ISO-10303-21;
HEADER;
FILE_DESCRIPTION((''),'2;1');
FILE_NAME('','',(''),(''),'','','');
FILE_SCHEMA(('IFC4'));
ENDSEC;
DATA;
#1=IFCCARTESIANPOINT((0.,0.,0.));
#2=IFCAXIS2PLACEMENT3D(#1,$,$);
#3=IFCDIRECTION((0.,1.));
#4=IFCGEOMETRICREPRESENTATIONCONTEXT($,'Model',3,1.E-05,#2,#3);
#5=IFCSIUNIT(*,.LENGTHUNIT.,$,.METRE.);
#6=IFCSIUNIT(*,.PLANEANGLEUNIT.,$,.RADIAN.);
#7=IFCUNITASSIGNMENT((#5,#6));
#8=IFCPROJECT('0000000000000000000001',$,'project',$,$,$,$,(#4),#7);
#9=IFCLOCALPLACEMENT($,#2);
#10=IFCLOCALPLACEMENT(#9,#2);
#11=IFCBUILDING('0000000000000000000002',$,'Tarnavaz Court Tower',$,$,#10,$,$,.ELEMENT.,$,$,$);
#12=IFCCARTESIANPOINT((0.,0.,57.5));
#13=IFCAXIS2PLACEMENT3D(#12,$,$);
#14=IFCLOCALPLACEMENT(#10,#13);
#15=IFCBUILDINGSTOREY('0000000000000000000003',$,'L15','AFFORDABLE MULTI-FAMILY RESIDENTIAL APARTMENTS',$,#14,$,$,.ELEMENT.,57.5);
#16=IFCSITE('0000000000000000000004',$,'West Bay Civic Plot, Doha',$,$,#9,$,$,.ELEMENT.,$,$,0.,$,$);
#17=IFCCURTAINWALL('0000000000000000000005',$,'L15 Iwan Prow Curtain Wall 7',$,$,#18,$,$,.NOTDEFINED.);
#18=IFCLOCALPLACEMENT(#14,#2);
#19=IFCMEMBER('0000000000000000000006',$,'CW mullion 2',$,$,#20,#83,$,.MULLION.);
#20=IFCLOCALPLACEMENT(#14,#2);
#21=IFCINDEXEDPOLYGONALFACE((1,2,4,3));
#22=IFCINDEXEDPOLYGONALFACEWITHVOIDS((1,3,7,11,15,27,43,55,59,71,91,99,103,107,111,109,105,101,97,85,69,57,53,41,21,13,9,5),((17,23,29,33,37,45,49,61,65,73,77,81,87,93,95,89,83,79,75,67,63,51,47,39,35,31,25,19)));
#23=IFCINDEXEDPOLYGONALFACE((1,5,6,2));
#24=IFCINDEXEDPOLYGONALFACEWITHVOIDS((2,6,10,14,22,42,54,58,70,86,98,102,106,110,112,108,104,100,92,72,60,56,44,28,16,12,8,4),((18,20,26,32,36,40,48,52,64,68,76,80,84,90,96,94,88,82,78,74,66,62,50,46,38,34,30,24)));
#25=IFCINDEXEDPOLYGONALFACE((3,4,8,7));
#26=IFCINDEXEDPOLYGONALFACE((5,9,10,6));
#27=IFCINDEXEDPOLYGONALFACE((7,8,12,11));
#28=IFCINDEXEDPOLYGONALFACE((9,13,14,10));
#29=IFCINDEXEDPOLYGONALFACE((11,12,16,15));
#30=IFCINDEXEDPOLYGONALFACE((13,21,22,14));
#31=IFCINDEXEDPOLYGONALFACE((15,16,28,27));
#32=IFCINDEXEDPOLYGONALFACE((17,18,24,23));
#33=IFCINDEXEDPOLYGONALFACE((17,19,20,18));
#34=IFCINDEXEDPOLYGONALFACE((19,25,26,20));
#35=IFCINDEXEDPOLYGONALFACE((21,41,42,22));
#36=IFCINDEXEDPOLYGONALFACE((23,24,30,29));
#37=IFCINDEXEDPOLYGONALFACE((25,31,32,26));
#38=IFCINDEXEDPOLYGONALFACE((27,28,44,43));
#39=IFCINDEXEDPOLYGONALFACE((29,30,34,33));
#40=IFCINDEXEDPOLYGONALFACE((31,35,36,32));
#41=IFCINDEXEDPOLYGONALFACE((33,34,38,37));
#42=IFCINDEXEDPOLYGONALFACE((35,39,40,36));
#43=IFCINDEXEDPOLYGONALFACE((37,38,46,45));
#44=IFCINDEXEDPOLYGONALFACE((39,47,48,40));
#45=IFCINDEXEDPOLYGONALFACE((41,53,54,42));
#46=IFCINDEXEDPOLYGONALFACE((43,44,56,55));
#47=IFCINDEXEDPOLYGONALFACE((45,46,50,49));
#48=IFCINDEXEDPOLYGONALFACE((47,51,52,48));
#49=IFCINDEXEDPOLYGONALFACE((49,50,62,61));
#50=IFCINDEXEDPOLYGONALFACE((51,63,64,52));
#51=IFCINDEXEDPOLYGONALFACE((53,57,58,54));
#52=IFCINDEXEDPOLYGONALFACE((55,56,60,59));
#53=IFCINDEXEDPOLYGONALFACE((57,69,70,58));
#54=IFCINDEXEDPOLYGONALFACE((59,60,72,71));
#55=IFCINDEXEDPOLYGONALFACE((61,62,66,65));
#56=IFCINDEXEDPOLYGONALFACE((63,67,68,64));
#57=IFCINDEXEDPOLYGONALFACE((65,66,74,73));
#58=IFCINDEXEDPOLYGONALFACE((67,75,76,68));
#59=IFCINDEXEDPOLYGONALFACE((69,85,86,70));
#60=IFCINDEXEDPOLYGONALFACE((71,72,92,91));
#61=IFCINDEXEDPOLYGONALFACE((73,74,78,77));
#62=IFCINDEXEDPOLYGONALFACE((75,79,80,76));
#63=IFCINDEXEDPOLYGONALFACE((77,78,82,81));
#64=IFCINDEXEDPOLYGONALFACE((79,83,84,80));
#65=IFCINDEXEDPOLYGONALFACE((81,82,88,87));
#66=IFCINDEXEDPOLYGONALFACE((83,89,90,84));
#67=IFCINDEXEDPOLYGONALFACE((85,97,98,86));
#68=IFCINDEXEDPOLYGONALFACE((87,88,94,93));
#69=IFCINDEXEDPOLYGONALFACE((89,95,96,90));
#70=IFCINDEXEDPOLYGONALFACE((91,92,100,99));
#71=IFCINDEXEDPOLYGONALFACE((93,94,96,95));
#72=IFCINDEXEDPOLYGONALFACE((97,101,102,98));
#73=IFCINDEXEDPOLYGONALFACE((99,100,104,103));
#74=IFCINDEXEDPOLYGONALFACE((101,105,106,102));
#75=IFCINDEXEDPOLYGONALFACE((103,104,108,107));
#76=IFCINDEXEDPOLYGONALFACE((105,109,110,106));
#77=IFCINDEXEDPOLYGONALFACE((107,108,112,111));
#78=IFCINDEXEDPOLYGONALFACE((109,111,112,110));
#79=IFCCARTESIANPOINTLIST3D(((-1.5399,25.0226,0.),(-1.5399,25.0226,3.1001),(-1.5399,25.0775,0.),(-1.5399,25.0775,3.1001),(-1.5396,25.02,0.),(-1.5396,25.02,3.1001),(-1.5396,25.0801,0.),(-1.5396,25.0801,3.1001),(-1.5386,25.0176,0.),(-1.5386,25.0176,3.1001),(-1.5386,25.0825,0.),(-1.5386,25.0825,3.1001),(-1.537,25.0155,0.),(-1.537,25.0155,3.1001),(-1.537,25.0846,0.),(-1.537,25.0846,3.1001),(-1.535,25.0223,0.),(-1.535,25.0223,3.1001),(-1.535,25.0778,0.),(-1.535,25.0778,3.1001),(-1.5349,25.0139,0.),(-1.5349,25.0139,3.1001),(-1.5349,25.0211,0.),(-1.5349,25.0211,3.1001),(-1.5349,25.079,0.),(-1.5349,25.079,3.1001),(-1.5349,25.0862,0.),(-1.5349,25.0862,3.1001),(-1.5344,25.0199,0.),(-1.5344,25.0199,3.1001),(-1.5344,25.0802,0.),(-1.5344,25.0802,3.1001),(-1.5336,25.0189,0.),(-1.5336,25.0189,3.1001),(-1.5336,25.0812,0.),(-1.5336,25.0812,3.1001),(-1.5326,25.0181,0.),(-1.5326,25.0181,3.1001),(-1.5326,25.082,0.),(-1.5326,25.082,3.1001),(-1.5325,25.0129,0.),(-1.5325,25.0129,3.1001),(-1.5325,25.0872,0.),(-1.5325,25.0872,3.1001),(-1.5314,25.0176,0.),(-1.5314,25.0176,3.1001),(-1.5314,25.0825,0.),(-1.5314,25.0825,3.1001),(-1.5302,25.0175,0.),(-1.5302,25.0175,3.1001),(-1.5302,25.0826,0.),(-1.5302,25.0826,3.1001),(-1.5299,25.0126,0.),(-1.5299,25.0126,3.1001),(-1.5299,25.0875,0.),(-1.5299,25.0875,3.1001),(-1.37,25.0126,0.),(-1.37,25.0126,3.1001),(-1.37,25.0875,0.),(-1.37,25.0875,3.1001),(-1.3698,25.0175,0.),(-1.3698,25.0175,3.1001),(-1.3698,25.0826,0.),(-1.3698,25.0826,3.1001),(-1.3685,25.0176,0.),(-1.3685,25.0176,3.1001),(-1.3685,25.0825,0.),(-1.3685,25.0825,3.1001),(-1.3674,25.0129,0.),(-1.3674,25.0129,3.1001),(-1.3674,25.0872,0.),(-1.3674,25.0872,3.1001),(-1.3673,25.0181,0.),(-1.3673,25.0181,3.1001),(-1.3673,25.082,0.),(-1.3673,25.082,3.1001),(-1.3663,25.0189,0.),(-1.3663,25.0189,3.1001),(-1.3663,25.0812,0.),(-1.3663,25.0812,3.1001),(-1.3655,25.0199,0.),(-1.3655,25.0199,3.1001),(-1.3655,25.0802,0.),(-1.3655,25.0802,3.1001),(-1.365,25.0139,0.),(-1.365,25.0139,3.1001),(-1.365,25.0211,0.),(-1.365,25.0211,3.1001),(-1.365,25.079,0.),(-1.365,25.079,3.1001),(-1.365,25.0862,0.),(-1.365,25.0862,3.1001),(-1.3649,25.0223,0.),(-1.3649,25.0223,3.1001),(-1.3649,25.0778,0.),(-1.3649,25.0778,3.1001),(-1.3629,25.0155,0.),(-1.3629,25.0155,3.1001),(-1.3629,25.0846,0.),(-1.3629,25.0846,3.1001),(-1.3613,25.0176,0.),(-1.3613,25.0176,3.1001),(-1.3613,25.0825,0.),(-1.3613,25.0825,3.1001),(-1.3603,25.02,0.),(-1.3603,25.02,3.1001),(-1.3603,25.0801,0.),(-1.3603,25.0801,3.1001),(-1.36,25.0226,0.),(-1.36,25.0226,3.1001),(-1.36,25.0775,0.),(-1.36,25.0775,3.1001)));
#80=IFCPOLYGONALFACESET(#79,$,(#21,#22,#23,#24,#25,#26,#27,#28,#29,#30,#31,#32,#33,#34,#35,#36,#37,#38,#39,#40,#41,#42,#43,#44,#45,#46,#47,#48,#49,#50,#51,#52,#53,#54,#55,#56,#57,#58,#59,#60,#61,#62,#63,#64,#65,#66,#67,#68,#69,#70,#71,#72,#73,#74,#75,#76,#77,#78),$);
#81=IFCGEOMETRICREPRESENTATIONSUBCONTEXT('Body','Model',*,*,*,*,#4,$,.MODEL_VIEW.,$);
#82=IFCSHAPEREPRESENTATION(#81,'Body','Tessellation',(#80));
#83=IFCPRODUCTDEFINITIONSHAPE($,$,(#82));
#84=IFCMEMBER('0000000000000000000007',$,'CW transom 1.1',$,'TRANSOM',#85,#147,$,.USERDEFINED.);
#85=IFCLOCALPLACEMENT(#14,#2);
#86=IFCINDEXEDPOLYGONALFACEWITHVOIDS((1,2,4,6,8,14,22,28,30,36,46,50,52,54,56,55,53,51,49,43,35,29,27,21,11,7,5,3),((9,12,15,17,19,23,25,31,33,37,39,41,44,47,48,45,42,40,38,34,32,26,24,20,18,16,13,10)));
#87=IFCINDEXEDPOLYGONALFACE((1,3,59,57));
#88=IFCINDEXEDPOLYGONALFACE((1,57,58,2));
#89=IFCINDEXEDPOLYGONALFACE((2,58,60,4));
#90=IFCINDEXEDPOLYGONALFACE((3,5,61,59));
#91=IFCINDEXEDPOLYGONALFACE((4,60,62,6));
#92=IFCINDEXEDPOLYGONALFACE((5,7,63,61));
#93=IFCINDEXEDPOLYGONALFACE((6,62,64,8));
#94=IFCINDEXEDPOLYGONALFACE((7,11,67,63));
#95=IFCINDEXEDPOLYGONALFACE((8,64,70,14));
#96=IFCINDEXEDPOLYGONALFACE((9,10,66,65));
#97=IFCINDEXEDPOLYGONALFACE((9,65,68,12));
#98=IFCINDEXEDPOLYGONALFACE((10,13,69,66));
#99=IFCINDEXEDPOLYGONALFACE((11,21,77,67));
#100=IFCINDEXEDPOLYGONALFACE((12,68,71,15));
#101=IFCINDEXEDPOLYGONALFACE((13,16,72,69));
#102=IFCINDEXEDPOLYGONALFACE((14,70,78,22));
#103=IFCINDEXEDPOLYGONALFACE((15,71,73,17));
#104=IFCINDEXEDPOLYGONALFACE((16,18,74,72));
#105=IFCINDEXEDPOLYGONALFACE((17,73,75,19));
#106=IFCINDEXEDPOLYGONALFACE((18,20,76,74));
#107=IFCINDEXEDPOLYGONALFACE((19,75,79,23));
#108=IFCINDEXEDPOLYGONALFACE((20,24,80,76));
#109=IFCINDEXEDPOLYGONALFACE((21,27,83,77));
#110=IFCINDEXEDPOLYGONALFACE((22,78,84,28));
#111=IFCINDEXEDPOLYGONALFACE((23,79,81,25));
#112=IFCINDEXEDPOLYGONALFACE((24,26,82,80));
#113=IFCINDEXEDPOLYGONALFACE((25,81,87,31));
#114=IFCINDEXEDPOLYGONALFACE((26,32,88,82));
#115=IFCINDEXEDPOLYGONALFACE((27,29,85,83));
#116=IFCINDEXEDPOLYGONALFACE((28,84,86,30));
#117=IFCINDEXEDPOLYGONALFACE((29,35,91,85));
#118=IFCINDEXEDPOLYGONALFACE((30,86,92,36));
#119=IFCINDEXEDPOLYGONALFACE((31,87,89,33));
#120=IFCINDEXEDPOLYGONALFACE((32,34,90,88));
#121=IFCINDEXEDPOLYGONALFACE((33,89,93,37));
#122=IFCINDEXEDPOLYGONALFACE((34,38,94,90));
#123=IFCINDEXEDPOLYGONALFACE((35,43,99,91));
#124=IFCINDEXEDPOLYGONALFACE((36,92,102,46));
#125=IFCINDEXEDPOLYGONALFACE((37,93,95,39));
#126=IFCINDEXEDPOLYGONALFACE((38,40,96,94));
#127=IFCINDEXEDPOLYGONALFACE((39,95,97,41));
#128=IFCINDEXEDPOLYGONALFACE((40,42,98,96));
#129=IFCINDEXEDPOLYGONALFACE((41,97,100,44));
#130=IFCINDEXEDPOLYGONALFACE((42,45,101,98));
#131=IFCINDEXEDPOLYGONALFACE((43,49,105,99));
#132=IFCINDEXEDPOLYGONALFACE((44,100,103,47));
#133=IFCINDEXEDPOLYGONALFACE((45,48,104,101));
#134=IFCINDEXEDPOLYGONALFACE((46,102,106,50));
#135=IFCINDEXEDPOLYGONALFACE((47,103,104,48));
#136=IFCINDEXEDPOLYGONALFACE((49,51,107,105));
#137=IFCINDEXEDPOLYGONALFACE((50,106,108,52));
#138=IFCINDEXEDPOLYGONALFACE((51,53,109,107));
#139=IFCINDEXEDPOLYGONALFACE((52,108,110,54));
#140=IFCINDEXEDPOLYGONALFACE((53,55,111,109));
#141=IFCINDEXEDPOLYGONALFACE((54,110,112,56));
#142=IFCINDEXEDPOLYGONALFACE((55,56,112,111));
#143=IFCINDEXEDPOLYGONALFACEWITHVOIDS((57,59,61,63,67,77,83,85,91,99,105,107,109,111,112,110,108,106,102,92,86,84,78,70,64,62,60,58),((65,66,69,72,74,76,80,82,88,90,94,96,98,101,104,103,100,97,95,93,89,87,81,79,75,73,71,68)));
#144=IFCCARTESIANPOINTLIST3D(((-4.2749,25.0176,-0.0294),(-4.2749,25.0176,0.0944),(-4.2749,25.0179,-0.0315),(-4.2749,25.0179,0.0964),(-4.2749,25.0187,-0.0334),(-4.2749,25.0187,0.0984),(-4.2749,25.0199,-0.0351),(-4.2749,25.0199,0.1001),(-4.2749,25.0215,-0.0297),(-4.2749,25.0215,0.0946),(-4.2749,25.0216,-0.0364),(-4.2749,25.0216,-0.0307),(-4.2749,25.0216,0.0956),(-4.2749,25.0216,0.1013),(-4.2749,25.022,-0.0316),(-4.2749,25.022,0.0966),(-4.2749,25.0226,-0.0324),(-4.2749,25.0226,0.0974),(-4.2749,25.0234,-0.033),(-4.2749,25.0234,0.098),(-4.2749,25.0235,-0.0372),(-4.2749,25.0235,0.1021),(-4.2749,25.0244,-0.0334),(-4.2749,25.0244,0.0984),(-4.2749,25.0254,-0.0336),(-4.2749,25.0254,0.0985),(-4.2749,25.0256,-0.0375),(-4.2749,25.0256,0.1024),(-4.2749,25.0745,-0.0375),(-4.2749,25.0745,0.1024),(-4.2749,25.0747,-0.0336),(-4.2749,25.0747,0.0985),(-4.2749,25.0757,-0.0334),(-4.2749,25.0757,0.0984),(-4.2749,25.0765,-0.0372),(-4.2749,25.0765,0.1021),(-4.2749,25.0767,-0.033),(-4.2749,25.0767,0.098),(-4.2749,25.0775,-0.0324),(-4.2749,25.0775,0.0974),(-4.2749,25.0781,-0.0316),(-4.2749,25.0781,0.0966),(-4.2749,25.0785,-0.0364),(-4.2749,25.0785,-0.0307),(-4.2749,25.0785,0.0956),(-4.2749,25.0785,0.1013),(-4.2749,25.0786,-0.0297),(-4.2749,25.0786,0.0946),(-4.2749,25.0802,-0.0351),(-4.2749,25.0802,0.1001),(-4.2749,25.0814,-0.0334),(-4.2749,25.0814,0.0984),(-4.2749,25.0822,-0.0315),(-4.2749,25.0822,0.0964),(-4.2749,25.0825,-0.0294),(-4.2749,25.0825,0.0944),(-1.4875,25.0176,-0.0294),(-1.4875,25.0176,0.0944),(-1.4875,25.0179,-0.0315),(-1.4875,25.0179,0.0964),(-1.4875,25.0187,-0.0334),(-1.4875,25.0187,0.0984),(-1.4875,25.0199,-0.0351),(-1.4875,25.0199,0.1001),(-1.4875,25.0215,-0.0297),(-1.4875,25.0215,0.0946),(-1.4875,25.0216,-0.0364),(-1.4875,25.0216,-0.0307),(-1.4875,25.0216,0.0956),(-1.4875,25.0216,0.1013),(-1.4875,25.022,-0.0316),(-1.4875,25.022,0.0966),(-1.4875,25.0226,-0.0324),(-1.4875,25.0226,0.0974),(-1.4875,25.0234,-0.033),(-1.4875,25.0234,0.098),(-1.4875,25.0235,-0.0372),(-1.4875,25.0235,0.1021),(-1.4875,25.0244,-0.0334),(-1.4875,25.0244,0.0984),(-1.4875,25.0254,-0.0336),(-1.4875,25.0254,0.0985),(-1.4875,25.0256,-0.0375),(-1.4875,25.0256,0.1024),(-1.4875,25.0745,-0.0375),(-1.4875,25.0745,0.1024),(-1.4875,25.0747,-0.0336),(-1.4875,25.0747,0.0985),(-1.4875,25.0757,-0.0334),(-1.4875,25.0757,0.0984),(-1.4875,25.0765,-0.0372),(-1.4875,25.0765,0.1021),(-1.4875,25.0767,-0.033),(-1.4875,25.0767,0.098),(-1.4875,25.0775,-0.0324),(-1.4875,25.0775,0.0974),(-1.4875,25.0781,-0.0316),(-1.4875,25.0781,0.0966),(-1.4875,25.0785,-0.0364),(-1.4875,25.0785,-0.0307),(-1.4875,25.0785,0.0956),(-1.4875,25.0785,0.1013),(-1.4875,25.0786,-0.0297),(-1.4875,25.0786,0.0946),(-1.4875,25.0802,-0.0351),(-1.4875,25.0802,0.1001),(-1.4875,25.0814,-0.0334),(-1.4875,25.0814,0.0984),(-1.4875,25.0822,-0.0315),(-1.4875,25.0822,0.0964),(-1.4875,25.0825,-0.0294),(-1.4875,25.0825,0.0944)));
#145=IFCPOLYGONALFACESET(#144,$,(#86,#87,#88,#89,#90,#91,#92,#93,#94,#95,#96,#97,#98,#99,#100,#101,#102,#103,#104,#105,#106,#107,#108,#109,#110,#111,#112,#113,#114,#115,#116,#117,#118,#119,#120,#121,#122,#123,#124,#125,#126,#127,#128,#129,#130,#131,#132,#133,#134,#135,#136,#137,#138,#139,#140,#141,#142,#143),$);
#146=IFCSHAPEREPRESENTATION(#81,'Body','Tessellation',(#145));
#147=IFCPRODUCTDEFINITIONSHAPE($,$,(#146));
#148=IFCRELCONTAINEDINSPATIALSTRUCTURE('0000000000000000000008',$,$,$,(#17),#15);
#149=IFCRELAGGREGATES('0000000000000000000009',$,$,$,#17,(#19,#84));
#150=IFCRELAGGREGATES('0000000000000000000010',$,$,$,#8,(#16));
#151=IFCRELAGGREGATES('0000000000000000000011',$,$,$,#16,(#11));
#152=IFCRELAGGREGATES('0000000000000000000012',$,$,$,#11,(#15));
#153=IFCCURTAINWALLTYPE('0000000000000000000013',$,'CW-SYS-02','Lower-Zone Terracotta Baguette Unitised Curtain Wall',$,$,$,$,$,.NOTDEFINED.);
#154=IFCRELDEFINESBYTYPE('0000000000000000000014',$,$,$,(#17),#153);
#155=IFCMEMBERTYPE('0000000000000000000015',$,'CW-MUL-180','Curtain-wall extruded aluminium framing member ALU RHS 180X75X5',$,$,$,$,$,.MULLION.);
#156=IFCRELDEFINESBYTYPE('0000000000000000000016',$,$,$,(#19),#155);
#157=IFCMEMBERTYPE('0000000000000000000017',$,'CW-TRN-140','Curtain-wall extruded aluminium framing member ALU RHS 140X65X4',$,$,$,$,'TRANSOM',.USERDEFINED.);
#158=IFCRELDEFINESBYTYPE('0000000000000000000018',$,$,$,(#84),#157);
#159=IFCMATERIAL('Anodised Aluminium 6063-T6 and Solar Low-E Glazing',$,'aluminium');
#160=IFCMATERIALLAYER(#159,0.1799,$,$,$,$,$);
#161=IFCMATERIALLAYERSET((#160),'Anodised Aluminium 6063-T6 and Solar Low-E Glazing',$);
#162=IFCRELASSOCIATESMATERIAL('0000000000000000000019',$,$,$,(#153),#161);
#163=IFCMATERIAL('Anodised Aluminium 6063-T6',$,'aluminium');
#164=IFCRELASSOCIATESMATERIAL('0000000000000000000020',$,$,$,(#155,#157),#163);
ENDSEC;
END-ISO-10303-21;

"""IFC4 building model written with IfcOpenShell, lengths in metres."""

from ifc_helpers import new_model, si_unit, direction, frame, origin, origin_2d, place, context, subcontext, project, spatial, hollow_rectangle, extrude, material, layer, layer_set, material_profile, profile_set, type_object, element, aggregate, save


model = new_model("IFC4")

# Units and contexts
model_context = context("Model", 3, precision=1e-05, world=origin(), true_north=direction((0.0, 1.0)))
body_context = subcontext(model_context, "Body", "Model", "MODEL_VIEW")
ifc_project = project(units=[si_unit("LENGTHUNIT", "METRE"), si_unit("PLANEANGLEUNIT", "RADIAN")], contexts=[model_context])

# Site, building, storey
site_placement = place(None, origin())
site = spatial("IfcSite", under=ifc_project, at=site_placement, Name="West Bay Civic Plot, Doha", CompositionType="ELEMENT", RefElevation=0.0)
building_placement = place(site_placement, origin())
building = spatial("IfcBuilding", under=site, at=building_placement, Name="Tarnavaz Court Tower", CompositionType="ELEMENT")
storey_placement = place(building_placement, frame((0.0, 0.0, 57.5)))
storey = spatial("IfcBuildingStorey", under=building, at=storey_placement, Name="L15", Description="AFFORDABLE MULTI-FAMILY RESIDENTIAL APARTMENTS", CompositionType="ELEMENT", Elevation=57.5)

# Curtain wall, members
ifc_material_1 = material(Name="Anodised Aluminium 6063-T6 and Solar Low-E Glazing", Category="aluminium")
ifc_layer_1 = layer(ifc_material_1, 0.1799)
ifc_layer_set_1 = layer_set([ifc_layer_1], Name="Anodised Aluminium 6063-T6 and Solar Low-E Glazing")
curtain_wall_type = type_object("IfcCurtainWallType", Name="CW-SYS-02", Description="Lower-Zone Terracotta Baguette Unitised Curtain Wall", PredefinedType="NOTDEFINED", material=ifc_layer_set_1)
curtain_wall_placement = place(storey_placement, origin())
curtain_wall = element("IfcCurtainWall", 1, at=curtain_wall_placement, inside=storey, type_object=curtain_wall_type, Name="L15 Iwan Prow Curtain Wall 7", PredefinedType="NOTDEFINED")
ifc_material_2 = material(Name="Anodised Aluminium 6063-T6", Category="aluminium")
ifc_material_profile_1 = material_profile(ifc_material_2, hollow_rectangle(XDim=0.075, YDim=0.1799, WallThickness=0.0049, InnerFilletRadius=0.0049, OuterFilletRadius=0.01, at=origin_2d()), Name="ALU RHS 180X75X5")
ifc_profile_set_1 = profile_set([ifc_material_profile_1], Name="Anodised Aluminium 6063-T6")
member_type_1 = type_object("IfcMemberType", Name="CW-MUL-180", Description="Curtain-wall extruded aluminium framing member ALU RHS 180X75X5", PredefinedType="MULLION", material=ifc_profile_set_1)
member_1_placement = place(storey_placement, frame((-1.45, 25.05, 0.0), z_axis=(0.0, 0.0, 1.0), x_axis=(0.0, 1.0, 0.0)))
member_1 = element("IfcMember", 2, at=member_1_placement, type_object=member_type_1, Name="CW mullion 2", PredefinedType="MULLION", context=body_context, shape_type="SweptSolid", body=[
    extrude(hollow_rectangle(XDim=0.075, YDim=0.1799, WallThickness=0.0049, InnerFilletRadius=0.0049, OuterFilletRadius=0.01, at=origin_2d()), origin(), (0.0, 0.0, 1.0), 3.1001),
])
ifc_material_profile_2 = material_profile(ifc_material_2, hollow_rectangle(XDim=0.0649, YDim=0.1399, WallThickness=0.0039, InnerFilletRadius=0.0039, OuterFilletRadius=0.0081, at=origin_2d()), Name="ALU RHS 140X65X4")
ifc_profile_set_2 = profile_set([ifc_material_profile_2], Name="Anodised Aluminium 6063-T6")
member_type_2 = type_object("IfcMemberType", Name="CW-TRN-140", Description="Curtain-wall extruded aluminium framing member ALU RHS 140X65X4", ElementType="TRANSOM", PredefinedType="USERDEFINED", material=ifc_profile_set_2)
member_2_placement = place(storey_placement, frame((-4.2749, 25.05, 0.0325), z_axis=(1.0, 0.0, 0.0), x_axis=(0.0, 1.0, 0.0)))
member_2 = element("IfcMember", 3, at=member_2_placement, type_object=member_type_2, Name="CW transom 1.1", ObjectType="TRANSOM", PredefinedType="USERDEFINED", context=body_context, shape_type="SweptSolid", body=[
    extrude(hollow_rectangle(XDim=0.0649, YDim=0.1399, WallThickness=0.0039, InnerFilletRadius=0.0039, OuterFilletRadius=0.0081, at=origin_2d()), origin(), (0.0, 0.0, 1.0), 2.7874),
])
aggregate(curtain_wall, [member_1, member_2])

save(model, "model.ifc")
